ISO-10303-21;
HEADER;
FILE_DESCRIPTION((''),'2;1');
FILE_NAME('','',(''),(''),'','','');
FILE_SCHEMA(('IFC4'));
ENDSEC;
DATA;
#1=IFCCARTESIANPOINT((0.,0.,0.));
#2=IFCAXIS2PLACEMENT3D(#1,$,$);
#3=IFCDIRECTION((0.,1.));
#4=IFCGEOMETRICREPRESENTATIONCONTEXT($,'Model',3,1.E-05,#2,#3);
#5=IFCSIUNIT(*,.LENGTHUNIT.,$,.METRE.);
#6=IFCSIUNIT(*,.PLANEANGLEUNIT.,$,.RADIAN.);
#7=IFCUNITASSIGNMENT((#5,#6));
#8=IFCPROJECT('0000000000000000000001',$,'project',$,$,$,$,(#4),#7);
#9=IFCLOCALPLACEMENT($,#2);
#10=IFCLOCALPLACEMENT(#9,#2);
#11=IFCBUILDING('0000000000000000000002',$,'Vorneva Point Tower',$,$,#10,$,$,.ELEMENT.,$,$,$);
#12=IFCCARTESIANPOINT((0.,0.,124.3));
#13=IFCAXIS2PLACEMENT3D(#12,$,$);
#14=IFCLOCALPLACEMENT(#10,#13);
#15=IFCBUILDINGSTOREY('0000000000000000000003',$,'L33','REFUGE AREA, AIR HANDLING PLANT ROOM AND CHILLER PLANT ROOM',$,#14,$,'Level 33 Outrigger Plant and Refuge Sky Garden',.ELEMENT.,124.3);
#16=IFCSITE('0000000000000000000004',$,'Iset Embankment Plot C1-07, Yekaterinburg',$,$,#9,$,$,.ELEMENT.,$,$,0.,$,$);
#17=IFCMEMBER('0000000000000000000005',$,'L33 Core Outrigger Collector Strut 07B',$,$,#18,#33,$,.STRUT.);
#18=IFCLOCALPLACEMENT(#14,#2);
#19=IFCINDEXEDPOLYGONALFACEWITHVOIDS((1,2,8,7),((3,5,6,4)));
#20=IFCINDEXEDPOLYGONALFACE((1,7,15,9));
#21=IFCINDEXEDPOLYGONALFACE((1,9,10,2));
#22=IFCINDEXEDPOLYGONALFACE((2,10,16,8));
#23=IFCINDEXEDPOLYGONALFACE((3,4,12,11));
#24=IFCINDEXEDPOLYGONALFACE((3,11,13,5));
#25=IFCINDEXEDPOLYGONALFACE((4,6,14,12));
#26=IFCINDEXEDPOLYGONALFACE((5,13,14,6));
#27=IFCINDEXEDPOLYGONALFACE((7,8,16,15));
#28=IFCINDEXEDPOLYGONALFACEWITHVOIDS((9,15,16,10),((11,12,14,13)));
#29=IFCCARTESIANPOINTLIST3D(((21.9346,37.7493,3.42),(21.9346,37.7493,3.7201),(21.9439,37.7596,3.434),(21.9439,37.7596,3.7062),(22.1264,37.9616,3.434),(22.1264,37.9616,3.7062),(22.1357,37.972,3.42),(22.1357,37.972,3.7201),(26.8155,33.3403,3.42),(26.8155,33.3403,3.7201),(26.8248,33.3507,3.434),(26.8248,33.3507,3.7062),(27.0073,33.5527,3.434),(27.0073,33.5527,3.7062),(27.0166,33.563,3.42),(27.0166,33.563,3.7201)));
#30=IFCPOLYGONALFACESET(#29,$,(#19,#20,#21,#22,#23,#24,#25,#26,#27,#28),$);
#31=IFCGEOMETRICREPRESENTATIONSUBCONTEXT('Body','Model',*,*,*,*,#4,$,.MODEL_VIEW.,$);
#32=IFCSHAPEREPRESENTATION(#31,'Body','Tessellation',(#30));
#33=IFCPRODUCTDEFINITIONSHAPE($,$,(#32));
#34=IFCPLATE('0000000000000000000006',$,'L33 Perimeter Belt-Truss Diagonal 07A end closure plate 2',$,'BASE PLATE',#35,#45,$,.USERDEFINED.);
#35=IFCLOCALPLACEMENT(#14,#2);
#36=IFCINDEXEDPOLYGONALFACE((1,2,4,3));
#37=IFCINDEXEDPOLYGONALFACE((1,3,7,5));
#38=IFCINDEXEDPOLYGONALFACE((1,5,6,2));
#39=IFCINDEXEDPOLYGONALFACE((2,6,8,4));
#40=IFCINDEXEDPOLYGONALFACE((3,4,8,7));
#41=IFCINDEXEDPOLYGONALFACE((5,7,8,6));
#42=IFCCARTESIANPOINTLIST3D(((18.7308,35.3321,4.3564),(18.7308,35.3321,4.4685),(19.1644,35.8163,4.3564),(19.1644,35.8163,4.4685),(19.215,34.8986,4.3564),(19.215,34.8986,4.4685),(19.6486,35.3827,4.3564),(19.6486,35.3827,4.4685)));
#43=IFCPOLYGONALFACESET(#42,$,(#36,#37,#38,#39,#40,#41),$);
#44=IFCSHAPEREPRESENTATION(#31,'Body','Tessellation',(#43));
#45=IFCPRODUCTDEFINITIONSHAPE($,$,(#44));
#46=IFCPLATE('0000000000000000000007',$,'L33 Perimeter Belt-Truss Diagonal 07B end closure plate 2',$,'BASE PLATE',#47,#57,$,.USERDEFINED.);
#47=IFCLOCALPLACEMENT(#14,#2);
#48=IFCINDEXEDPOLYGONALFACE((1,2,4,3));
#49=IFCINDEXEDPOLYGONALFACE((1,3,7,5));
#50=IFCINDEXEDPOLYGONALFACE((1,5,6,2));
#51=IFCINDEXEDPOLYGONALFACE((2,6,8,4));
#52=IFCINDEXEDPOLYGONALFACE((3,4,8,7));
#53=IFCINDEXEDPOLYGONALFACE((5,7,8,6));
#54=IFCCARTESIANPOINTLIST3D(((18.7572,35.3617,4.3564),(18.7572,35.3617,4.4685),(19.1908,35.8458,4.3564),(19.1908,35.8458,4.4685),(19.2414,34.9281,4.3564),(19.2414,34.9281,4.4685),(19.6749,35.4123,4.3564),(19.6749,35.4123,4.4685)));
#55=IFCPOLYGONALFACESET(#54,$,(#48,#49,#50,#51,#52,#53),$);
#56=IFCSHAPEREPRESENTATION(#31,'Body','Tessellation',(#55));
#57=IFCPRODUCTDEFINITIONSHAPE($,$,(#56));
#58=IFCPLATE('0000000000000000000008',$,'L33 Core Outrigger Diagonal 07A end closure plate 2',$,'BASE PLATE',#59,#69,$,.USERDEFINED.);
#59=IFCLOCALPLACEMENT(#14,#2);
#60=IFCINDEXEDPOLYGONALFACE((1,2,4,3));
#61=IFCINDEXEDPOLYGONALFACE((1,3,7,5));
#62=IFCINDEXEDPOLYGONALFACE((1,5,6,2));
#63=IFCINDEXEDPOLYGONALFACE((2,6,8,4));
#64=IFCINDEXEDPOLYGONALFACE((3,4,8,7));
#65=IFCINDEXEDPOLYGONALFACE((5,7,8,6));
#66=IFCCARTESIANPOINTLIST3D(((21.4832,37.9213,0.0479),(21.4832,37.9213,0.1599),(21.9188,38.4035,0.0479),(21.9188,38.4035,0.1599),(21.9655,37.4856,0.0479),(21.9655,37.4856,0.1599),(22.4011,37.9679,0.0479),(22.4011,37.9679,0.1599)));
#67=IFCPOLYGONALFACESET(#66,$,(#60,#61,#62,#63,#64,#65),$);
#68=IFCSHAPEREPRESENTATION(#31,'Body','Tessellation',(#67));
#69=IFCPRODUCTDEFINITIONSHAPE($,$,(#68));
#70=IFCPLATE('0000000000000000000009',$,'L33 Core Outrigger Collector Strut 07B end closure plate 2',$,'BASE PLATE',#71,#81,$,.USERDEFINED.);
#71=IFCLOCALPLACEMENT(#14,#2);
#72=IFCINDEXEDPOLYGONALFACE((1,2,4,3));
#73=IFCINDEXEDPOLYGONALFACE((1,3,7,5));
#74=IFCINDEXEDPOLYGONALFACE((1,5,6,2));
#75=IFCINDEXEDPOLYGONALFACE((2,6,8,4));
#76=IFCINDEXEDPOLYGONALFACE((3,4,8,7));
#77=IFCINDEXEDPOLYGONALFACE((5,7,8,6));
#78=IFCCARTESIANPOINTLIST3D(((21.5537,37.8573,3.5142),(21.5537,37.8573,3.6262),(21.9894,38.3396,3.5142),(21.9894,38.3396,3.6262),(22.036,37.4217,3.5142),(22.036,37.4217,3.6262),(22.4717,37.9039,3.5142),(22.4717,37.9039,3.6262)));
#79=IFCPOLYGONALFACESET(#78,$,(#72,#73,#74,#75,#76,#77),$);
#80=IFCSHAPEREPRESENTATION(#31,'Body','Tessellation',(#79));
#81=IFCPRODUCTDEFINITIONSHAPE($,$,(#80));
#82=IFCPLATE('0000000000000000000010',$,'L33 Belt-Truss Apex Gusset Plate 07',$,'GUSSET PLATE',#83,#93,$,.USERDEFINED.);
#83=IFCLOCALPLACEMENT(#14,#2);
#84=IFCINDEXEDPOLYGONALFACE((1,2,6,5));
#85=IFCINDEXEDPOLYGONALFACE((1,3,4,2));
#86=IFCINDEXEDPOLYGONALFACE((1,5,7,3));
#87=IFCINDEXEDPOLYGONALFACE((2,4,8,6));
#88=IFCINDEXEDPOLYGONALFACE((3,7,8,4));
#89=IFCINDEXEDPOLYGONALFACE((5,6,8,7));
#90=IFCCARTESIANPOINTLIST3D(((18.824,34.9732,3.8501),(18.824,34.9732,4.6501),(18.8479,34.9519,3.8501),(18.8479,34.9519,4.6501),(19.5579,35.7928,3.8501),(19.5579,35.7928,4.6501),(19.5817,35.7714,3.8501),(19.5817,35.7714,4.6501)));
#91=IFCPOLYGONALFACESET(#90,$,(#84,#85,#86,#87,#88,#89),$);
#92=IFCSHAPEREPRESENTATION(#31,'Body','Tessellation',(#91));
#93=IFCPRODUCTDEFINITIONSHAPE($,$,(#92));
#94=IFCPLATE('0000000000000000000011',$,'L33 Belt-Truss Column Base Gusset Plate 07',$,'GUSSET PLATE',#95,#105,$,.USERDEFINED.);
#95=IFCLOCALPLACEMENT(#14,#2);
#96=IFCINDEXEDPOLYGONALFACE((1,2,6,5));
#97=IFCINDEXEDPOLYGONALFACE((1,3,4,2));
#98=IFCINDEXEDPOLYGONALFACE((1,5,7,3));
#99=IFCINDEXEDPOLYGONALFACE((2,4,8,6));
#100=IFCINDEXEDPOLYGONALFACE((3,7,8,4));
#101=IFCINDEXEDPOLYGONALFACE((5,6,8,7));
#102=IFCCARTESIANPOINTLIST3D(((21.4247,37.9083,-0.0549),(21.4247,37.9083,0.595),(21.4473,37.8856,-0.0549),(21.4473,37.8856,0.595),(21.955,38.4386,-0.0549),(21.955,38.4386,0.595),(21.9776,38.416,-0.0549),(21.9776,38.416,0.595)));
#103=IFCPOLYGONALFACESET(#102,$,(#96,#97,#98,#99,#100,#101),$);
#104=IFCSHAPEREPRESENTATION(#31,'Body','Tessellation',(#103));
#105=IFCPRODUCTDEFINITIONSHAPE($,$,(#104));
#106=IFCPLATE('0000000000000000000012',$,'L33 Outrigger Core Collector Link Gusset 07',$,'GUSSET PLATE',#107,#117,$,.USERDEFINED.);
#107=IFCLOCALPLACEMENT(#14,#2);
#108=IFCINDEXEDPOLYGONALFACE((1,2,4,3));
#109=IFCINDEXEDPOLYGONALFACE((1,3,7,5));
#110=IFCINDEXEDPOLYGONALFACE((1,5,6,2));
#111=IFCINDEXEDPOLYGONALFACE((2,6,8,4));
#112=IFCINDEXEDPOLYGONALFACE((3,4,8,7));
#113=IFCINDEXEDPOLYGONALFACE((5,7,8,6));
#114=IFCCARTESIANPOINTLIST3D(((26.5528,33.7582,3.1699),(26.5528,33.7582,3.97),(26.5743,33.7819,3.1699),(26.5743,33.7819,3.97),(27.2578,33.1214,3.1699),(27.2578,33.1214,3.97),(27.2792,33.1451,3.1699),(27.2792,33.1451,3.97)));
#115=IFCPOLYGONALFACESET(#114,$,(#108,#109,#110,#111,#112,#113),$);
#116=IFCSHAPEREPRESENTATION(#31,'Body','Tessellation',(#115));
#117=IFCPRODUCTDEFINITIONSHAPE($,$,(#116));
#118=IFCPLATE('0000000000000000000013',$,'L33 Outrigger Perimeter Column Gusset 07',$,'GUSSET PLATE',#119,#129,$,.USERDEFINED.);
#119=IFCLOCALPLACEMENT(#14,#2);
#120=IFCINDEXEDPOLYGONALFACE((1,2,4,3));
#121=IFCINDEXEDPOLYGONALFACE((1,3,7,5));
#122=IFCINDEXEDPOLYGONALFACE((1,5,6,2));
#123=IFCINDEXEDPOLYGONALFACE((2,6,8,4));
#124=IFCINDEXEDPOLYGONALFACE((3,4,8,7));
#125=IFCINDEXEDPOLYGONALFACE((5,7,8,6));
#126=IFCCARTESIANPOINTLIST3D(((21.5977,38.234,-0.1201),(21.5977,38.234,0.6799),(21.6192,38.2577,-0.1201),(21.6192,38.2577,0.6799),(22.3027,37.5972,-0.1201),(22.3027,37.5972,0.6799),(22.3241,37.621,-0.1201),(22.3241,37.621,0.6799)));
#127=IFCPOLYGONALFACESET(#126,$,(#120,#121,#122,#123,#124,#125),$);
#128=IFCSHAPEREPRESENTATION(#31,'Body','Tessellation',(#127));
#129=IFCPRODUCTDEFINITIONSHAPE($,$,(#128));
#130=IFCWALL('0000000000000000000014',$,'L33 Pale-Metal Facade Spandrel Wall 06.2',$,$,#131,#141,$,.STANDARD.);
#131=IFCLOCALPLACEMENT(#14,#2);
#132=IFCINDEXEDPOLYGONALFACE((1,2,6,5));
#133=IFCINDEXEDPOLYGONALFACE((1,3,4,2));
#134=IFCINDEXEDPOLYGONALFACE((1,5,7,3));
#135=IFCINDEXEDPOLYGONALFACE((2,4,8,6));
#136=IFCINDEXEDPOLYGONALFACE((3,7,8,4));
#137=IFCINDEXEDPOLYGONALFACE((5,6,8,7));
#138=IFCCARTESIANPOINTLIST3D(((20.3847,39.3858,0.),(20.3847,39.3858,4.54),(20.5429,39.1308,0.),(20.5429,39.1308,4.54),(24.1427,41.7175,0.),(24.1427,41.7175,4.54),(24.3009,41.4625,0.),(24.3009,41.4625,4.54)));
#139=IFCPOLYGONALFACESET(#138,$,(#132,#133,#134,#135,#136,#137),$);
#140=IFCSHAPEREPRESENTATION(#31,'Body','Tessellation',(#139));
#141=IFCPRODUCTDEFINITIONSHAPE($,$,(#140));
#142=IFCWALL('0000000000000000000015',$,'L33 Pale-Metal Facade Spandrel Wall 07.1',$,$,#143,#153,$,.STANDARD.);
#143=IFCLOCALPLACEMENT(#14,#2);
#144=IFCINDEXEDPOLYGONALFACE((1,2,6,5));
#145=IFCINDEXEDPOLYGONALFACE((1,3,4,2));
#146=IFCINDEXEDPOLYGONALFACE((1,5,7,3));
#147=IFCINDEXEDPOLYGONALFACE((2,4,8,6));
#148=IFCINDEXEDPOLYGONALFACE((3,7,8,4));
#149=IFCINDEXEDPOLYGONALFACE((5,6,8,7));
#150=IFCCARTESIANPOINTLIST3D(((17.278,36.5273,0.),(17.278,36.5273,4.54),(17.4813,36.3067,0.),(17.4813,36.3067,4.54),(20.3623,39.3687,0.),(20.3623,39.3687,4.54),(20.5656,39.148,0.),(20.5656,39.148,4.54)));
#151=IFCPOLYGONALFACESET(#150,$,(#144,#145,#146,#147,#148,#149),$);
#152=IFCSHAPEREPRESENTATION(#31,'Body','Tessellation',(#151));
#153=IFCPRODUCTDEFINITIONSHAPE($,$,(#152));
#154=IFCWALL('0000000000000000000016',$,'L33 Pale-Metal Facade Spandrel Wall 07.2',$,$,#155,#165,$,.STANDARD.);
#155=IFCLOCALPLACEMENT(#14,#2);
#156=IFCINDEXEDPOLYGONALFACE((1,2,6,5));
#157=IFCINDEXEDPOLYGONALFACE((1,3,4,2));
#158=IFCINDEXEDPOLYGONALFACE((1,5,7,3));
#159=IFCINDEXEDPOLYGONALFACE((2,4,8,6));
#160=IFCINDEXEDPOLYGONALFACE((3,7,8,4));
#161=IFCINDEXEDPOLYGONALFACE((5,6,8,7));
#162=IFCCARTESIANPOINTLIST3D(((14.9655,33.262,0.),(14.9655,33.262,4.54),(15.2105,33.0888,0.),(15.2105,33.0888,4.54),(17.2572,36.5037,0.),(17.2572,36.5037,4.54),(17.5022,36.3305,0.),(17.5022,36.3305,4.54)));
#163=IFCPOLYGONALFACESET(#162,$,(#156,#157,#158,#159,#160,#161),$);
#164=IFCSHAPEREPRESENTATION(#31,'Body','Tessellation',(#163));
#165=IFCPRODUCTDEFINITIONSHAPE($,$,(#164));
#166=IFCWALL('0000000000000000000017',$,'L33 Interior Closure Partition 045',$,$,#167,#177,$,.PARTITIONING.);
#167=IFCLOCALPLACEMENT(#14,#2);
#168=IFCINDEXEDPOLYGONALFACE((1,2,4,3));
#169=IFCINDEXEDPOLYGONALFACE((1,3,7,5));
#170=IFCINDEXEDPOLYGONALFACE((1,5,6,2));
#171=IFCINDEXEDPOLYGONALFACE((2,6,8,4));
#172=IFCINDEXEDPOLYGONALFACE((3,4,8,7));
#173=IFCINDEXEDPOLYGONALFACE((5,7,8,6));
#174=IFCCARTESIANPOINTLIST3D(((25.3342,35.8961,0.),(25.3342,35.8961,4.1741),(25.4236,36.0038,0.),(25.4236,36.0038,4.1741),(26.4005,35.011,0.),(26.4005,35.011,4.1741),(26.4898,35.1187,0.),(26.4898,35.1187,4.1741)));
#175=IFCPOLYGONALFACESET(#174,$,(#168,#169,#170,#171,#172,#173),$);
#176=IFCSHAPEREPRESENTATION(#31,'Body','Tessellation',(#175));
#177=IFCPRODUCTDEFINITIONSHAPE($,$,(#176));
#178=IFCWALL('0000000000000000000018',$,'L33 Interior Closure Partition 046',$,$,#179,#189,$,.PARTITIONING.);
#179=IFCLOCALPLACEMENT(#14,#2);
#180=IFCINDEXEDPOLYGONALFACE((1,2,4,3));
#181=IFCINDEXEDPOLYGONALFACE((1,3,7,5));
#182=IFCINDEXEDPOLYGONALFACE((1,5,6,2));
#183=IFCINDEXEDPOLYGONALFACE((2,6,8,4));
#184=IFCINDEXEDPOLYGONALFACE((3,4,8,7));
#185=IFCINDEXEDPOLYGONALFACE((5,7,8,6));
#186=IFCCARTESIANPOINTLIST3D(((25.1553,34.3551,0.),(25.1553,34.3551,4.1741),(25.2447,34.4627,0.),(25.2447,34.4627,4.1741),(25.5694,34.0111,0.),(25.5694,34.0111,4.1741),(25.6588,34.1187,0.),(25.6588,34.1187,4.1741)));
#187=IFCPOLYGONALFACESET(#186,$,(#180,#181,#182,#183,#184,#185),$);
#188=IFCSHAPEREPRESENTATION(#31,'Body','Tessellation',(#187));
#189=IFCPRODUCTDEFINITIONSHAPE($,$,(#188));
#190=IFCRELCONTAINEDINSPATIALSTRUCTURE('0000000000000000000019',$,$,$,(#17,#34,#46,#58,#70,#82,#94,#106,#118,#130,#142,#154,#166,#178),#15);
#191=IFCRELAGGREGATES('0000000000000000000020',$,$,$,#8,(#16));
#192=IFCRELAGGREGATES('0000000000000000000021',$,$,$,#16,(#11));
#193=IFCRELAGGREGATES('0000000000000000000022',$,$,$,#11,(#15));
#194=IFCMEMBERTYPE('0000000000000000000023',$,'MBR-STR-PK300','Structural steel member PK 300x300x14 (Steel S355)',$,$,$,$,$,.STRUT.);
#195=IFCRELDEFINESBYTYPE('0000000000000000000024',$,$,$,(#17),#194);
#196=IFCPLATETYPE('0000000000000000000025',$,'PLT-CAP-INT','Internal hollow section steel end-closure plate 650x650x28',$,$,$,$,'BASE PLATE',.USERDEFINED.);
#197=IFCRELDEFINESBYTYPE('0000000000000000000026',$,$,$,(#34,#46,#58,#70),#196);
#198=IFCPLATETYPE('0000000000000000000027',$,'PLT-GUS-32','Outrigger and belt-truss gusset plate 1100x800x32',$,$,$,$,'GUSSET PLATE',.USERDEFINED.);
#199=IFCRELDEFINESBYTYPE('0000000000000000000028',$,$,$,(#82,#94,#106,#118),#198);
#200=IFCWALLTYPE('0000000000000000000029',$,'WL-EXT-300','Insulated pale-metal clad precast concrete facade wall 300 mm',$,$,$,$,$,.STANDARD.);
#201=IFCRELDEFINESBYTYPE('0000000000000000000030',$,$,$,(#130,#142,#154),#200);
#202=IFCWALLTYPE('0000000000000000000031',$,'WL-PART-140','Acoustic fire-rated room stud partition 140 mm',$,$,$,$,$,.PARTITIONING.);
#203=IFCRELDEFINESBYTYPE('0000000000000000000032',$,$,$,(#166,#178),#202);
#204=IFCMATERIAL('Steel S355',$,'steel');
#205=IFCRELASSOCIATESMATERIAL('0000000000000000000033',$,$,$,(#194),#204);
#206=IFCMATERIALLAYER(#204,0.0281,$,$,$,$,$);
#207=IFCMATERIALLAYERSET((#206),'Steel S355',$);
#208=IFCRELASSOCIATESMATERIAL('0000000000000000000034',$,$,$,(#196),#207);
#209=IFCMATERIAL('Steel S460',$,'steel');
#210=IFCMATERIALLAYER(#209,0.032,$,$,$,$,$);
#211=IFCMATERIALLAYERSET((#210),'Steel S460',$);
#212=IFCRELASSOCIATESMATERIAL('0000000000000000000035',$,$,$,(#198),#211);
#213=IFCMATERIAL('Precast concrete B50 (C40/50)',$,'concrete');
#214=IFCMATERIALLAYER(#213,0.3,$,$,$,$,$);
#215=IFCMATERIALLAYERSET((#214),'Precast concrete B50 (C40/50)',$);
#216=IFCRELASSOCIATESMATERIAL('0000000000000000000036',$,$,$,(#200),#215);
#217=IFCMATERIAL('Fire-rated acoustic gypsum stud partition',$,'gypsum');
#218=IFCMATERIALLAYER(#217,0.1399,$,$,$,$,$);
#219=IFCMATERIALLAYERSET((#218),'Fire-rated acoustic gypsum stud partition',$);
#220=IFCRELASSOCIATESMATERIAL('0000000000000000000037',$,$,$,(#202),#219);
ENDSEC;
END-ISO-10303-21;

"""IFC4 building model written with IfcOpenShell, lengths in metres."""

from ifc_helpers import new_model, si_unit, direction, frame, frame_2d, origin, origin_2d, place, context, subcontext, project, spatial, rectangle, hollow_rectangle, extrude, material, layer, layer_set, material_profile, profile_set, type_object, element, save


model = new_model("IFC4")

# Units and contexts
model_context = context("Model", 3, precision=1e-05, world=origin(), true_north=direction((0.0, 1.0)))
body_context = subcontext(model_context, "Body", "Model", "MODEL_VIEW")
ifc_project = project(units=[si_unit("LENGTHUNIT", "METRE"), si_unit("PLANEANGLEUNIT", "RADIAN")], contexts=[model_context])

# Site, building, storey
site_placement = place(None, origin())
site = spatial("IfcSite", under=ifc_project, at=site_placement, Name="Iset Embankment Plot C1-07, Yekaterinburg", CompositionType="ELEMENT", RefElevation=0.0)
building_placement = place(site_placement, origin())
building = spatial("IfcBuilding", under=site, at=building_placement, Name="Vorneva Point Tower", CompositionType="ELEMENT")
storey_placement = place(building_placement, frame((0.0, 0.0, 124.3)))
storey = spatial("IfcBuildingStorey", under=building, at=storey_placement, Name="L33", Description="REFUGE AREA, AIR HANDLING PLANT ROOM AND CHILLER PLANT ROOM", LongName="Level 33 Outrigger Plant and Refuge Sky Garden", CompositionType="ELEMENT", Elevation=124.3)

# Shared definitions
ifc_material_1 = material(Name="Steel S460", Category="steel")
ifc_material_2 = material(Name="Steel S355", Category="steel")

# Member
ifc_material_profile_1 = material_profile(ifc_material_2, hollow_rectangle(XDim=0.3, YDim=0.3, WallThickness=0.0139, at=origin_2d()), Name="PK 300x300x14")
ifc_profile_set_1 = profile_set([ifc_material_profile_1], Name="Steel S355")
member_type_1 = type_object("IfcMemberType", Name="MBR-STR-PK300", Description="Structural steel member PK 300x300x14 (Steel S355)", PredefinedType="STRUT", material=ifc_profile_set_1)
member_1_placement = place(storey_placement, frame((26.916, 33.4517, 3.5701), z_axis=(-0.742071, 0.670321, 0.0), x_axis=(-0.670321, -0.742071, 0.0)))
element("IfcMember", 1, at=member_1_placement, inside=storey, type_object=member_type_1, Name="L33 Core Outrigger Collector Strut 07B", PredefinedType="STRUT", context=body_context, shape_type="SweptSolid", body=[
    extrude(hollow_rectangle(XDim=0.3, YDim=0.3, WallThickness=0.0139, at=origin_2d()), origin(), (0.0, 0.0, 1.0), 6.5774),
])

# Plates
ifc_layer_1 = layer(ifc_material_2, 0.0281)
ifc_layer_set_1 = layer_set([ifc_layer_1], Name="Steel S355")
plate_type_1 = type_object("IfcPlateType", Name="PLT-CAP-INT", Description="Internal hollow section steel end-closure plate 650x650x28", ElementType="BASE PLATE", PredefinedType="USERDEFINED", material=ifc_layer_set_1)
for number, where, z_axis, x_axis, name in (
    (2, (19.1897, 35.3574, 4.3564), (0.0, 0.0, 1.0), (-0.667092, -0.744976, 0.0), "L33 Perimeter Belt-Truss Diagonal 07A end closure plate 2"),
    (3, (19.2161, 35.387, 4.3564), (0.0, 0.0, 1.0), (0.667092, 0.744976, 0.0), "L33 Perimeter Belt-Truss Diagonal 07B end closure plate 2"),
    (4, (21.9421, 37.9446, 0.0479), (0.0, 0.0, 1.0), (-0.742081, 0.67031, 0.0), "L33 Core Outrigger Diagonal 07A end closure plate 2"),
    (5, (22.0127, 37.8806, 3.5142), (0.0, 0.0, 1.0), (-0.742081, 0.67031, 0.0), "L33 Core Outrigger Collector Strut 07B end closure plate 2"),
):
    element("IfcPlate", number, at=place(storey_placement, frame(where, z_axis=z_axis, x_axis=x_axis)), inside=storey, type_object=plate_type_1, Name=name, ObjectType="BASE PLATE", PredefinedType="USERDEFINED", context=body_context, shape_type="SweptSolid", body=[
        extrude(rectangle(XDim=0.6499, YDim=0.6499, at=origin_2d()), origin(), (0.0, 0.0, 1.0), 0.1121),
    ])
ifc_layer_2 = layer(ifc_material_1, 0.032)
ifc_layer_set_2 = layer_set([ifc_layer_2], Name="Steel S460")
plate_type_2 = type_object("IfcPlateType", Name="PLT-GUS-32", Description="Outrigger and belt-truss gusset plate 1100x800x32", ElementType="GUSSET PLATE", PredefinedType="USERDEFINED", material=ifc_layer_set_2)
plate_1_placement = place(storey_placement, frame((19.2029, 35.3723, 3.8501), z_axis=(0.0, 0.0, 1.0), x_axis=(-0.667092, -0.744976, 0.0)))
element("IfcPlate", 6, at=plate_1_placement, inside=storey, type_object=plate_type_2, Name="L33 Belt-Truss Apex Gusset Plate 07", ObjectType="GUSSET PLATE", PredefinedType="USERDEFINED", context=body_context, shape_type="SweptSolid", body=[
    extrude(rectangle(XDim=1.1001, YDim=0.032, at=origin_2d()), origin(), (0.0, 0.0, 1.0), 0.8),
])
plate_2_placement = place(storey_placement, frame((21.7012, 38.1621, -0.0549), z_axis=(0.0, 0.0, 1.0), x_axis=(-0.707107, -0.707107, 0.0)))
element("IfcPlate", 7, at=plate_2_placement, inside=storey, type_object=plate_type_2, Name="L33 Belt-Truss Column Base Gusset Plate 07", ObjectType="GUSSET PLATE", PredefinedType="USERDEFINED", context=body_context, shape_type="SweptSolid", body=[
    extrude(rectangle(XDim=0.75, YDim=0.032, at=origin_2d()), origin(), (0.0, 0.0, 1.0), 0.6499),
])
for number, where, z_axis, x_axis, name in (
    (8, (26.916, 33.4517, 3.1699), (0.0, 0.0, 1.0), (-0.742081, 0.67031, 0.0), "L33 Outrigger Core Collector Link Gusset 07"),
    (9, (21.9609, 37.9275, -0.1201), (0.0, 0.0, 1.0), (-0.742081, 0.67031, 0.0), "L33 Outrigger Perimeter Column Gusset 07"),
):
    element("IfcPlate", number, at=place(storey_placement, frame(where, z_axis=z_axis, x_axis=x_axis)), inside=storey, type_object=plate_type_2, Name=name, ObjectType="GUSSET PLATE", PredefinedType="USERDEFINED", context=body_context, shape_type="SweptSolid", body=[
        extrude(rectangle(XDim=0.95, YDim=0.032, at=origin_2d()), origin(), (0.0, 0.0, 1.0), 0.8),
    ])

# Walls
ifc_material_3 = material(Name="Precast concrete B50 (C40/50)", Category="concrete")
ifc_layer_3 = layer(ifc_material_3, 0.3)
ifc_layer_set_3 = layer_set([ifc_layer_3], Name="Precast concrete B50 (C40/50)")
wall_type_1 = type_object("IfcWallType", Name="WL-EXT-300", Description="Insulated pale-metal clad precast concrete facade wall 300 mm", PredefinedType="STANDARD", material=ifc_layer_set_3)
wall_1_placement = place(storey_placement, frame((24.2219, 41.5901, 0.0), z_axis=(0.0, 0.0, 1.0), x_axis=(-0.849721, -0.527232, 0.0)))
element("IfcWall", 10, at=wall_1_placement, inside=storey, type_object=wall_type_1, Name="L33 Pale-Metal Facade Spandrel Wall 06.2", PredefinedType="STANDARD", context=body_context, shape_type="SweptSolid", body=[
    extrude(rectangle(XDim=4.4226, YDim=0.3, at=frame_2d((2.2114, 0.0))), origin(), (0.0, 0.0, 1.0), 4.54),
])
wall_2_placement = place(storey_placement, frame((20.4639, 39.2583, 0.0), z_axis=(0.0, 0.0, 1.0), x_axis=(-0.735477, -0.67755, 0.0)))
element("IfcWall", 11, at=wall_2_placement, inside=storey, type_object=wall_type_1, Name="L33 Pale-Metal Facade Spandrel Wall 07.1", PredefinedType="STANDARD", context=body_context, shape_type="SweptSolid", body=[
    extrude(rectangle(XDim=4.1936, YDim=0.3, at=frame_2d((2.0967, 0.0))), origin(), (0.0, 0.0, 1.0), 4.54),
])
wall_3_placement = place(storey_placement, frame((17.3796, 36.417, 0.0), z_axis=(0.0, 0.0, 1.0), x_axis=(-0.57727, -0.816554, 0.0)))
element("IfcWall", 12, at=wall_3_placement, inside=storey, type_object=wall_type_1, Name="L33 Pale-Metal Facade Spandrel Wall 07.2", PredefinedType="STANDARD", context=body_context, shape_type="SweptSolid", body=[
    extrude(rectangle(XDim=3.97, YDim=0.3, at=frame_2d((1.9849, 0.0))), origin(), (0.0, 0.0, 1.0), 4.54),
])
ifc_material_4 = material(Name="Fire-rated acoustic gypsum stud partition", Category="gypsum")
ifc_layer_4 = layer(ifc_material_4, 0.1399)
ifc_layer_set_4 = layer_set([ifc_layer_4], Name="Fire-rated acoustic gypsum stud partition")
wall_type_2 = type_object("IfcWallType", Name="WL-PART-140", Description="Acoustic fire-rated room stud partition 140 mm", PredefinedType="PARTITIONING", material=ifc_layer_set_4)
wall_4_placement = place(storey_placement, frame((25.3789, 35.95, 0.0), z_axis=(0.0, 0.0, 1.0), x_axis=(0.769447, -0.63871, 0.0)))
element("IfcWall", 13, at=wall_4_placement, inside=storey, type_object=wall_type_2, Name="L33 Interior Closure Partition 045", PredefinedType="PARTITIONING", context=body_context, shape_type="SweptSolid", body=[
    extrude(rectangle(XDim=1.3857, YDim=0.1399, at=frame_2d((0.6929, 0.0))), origin(), (0.0, 0.0, 1.0), 4.1741),
])
wall_5_placement = place(storey_placement, frame((25.614, 34.0649, 0.0), z_axis=(0.0, 0.0, 1.0), x_axis=(-0.769187, 0.639024, 0.0)))
element("IfcWall", 14, at=wall_5_placement, inside=storey, type_object=wall_type_2, Name="L33 Interior Closure Partition 046", PredefinedType="PARTITIONING", context=body_context, shape_type="SweptSolid", body=[
    extrude(rectangle(XDim=0.5383, YDim=0.1399, at=frame_2d((0.269, 0.0))), origin(), (0.0, 0.0, 1.0), 4.1741),
])

save(model, "model.ifc")
